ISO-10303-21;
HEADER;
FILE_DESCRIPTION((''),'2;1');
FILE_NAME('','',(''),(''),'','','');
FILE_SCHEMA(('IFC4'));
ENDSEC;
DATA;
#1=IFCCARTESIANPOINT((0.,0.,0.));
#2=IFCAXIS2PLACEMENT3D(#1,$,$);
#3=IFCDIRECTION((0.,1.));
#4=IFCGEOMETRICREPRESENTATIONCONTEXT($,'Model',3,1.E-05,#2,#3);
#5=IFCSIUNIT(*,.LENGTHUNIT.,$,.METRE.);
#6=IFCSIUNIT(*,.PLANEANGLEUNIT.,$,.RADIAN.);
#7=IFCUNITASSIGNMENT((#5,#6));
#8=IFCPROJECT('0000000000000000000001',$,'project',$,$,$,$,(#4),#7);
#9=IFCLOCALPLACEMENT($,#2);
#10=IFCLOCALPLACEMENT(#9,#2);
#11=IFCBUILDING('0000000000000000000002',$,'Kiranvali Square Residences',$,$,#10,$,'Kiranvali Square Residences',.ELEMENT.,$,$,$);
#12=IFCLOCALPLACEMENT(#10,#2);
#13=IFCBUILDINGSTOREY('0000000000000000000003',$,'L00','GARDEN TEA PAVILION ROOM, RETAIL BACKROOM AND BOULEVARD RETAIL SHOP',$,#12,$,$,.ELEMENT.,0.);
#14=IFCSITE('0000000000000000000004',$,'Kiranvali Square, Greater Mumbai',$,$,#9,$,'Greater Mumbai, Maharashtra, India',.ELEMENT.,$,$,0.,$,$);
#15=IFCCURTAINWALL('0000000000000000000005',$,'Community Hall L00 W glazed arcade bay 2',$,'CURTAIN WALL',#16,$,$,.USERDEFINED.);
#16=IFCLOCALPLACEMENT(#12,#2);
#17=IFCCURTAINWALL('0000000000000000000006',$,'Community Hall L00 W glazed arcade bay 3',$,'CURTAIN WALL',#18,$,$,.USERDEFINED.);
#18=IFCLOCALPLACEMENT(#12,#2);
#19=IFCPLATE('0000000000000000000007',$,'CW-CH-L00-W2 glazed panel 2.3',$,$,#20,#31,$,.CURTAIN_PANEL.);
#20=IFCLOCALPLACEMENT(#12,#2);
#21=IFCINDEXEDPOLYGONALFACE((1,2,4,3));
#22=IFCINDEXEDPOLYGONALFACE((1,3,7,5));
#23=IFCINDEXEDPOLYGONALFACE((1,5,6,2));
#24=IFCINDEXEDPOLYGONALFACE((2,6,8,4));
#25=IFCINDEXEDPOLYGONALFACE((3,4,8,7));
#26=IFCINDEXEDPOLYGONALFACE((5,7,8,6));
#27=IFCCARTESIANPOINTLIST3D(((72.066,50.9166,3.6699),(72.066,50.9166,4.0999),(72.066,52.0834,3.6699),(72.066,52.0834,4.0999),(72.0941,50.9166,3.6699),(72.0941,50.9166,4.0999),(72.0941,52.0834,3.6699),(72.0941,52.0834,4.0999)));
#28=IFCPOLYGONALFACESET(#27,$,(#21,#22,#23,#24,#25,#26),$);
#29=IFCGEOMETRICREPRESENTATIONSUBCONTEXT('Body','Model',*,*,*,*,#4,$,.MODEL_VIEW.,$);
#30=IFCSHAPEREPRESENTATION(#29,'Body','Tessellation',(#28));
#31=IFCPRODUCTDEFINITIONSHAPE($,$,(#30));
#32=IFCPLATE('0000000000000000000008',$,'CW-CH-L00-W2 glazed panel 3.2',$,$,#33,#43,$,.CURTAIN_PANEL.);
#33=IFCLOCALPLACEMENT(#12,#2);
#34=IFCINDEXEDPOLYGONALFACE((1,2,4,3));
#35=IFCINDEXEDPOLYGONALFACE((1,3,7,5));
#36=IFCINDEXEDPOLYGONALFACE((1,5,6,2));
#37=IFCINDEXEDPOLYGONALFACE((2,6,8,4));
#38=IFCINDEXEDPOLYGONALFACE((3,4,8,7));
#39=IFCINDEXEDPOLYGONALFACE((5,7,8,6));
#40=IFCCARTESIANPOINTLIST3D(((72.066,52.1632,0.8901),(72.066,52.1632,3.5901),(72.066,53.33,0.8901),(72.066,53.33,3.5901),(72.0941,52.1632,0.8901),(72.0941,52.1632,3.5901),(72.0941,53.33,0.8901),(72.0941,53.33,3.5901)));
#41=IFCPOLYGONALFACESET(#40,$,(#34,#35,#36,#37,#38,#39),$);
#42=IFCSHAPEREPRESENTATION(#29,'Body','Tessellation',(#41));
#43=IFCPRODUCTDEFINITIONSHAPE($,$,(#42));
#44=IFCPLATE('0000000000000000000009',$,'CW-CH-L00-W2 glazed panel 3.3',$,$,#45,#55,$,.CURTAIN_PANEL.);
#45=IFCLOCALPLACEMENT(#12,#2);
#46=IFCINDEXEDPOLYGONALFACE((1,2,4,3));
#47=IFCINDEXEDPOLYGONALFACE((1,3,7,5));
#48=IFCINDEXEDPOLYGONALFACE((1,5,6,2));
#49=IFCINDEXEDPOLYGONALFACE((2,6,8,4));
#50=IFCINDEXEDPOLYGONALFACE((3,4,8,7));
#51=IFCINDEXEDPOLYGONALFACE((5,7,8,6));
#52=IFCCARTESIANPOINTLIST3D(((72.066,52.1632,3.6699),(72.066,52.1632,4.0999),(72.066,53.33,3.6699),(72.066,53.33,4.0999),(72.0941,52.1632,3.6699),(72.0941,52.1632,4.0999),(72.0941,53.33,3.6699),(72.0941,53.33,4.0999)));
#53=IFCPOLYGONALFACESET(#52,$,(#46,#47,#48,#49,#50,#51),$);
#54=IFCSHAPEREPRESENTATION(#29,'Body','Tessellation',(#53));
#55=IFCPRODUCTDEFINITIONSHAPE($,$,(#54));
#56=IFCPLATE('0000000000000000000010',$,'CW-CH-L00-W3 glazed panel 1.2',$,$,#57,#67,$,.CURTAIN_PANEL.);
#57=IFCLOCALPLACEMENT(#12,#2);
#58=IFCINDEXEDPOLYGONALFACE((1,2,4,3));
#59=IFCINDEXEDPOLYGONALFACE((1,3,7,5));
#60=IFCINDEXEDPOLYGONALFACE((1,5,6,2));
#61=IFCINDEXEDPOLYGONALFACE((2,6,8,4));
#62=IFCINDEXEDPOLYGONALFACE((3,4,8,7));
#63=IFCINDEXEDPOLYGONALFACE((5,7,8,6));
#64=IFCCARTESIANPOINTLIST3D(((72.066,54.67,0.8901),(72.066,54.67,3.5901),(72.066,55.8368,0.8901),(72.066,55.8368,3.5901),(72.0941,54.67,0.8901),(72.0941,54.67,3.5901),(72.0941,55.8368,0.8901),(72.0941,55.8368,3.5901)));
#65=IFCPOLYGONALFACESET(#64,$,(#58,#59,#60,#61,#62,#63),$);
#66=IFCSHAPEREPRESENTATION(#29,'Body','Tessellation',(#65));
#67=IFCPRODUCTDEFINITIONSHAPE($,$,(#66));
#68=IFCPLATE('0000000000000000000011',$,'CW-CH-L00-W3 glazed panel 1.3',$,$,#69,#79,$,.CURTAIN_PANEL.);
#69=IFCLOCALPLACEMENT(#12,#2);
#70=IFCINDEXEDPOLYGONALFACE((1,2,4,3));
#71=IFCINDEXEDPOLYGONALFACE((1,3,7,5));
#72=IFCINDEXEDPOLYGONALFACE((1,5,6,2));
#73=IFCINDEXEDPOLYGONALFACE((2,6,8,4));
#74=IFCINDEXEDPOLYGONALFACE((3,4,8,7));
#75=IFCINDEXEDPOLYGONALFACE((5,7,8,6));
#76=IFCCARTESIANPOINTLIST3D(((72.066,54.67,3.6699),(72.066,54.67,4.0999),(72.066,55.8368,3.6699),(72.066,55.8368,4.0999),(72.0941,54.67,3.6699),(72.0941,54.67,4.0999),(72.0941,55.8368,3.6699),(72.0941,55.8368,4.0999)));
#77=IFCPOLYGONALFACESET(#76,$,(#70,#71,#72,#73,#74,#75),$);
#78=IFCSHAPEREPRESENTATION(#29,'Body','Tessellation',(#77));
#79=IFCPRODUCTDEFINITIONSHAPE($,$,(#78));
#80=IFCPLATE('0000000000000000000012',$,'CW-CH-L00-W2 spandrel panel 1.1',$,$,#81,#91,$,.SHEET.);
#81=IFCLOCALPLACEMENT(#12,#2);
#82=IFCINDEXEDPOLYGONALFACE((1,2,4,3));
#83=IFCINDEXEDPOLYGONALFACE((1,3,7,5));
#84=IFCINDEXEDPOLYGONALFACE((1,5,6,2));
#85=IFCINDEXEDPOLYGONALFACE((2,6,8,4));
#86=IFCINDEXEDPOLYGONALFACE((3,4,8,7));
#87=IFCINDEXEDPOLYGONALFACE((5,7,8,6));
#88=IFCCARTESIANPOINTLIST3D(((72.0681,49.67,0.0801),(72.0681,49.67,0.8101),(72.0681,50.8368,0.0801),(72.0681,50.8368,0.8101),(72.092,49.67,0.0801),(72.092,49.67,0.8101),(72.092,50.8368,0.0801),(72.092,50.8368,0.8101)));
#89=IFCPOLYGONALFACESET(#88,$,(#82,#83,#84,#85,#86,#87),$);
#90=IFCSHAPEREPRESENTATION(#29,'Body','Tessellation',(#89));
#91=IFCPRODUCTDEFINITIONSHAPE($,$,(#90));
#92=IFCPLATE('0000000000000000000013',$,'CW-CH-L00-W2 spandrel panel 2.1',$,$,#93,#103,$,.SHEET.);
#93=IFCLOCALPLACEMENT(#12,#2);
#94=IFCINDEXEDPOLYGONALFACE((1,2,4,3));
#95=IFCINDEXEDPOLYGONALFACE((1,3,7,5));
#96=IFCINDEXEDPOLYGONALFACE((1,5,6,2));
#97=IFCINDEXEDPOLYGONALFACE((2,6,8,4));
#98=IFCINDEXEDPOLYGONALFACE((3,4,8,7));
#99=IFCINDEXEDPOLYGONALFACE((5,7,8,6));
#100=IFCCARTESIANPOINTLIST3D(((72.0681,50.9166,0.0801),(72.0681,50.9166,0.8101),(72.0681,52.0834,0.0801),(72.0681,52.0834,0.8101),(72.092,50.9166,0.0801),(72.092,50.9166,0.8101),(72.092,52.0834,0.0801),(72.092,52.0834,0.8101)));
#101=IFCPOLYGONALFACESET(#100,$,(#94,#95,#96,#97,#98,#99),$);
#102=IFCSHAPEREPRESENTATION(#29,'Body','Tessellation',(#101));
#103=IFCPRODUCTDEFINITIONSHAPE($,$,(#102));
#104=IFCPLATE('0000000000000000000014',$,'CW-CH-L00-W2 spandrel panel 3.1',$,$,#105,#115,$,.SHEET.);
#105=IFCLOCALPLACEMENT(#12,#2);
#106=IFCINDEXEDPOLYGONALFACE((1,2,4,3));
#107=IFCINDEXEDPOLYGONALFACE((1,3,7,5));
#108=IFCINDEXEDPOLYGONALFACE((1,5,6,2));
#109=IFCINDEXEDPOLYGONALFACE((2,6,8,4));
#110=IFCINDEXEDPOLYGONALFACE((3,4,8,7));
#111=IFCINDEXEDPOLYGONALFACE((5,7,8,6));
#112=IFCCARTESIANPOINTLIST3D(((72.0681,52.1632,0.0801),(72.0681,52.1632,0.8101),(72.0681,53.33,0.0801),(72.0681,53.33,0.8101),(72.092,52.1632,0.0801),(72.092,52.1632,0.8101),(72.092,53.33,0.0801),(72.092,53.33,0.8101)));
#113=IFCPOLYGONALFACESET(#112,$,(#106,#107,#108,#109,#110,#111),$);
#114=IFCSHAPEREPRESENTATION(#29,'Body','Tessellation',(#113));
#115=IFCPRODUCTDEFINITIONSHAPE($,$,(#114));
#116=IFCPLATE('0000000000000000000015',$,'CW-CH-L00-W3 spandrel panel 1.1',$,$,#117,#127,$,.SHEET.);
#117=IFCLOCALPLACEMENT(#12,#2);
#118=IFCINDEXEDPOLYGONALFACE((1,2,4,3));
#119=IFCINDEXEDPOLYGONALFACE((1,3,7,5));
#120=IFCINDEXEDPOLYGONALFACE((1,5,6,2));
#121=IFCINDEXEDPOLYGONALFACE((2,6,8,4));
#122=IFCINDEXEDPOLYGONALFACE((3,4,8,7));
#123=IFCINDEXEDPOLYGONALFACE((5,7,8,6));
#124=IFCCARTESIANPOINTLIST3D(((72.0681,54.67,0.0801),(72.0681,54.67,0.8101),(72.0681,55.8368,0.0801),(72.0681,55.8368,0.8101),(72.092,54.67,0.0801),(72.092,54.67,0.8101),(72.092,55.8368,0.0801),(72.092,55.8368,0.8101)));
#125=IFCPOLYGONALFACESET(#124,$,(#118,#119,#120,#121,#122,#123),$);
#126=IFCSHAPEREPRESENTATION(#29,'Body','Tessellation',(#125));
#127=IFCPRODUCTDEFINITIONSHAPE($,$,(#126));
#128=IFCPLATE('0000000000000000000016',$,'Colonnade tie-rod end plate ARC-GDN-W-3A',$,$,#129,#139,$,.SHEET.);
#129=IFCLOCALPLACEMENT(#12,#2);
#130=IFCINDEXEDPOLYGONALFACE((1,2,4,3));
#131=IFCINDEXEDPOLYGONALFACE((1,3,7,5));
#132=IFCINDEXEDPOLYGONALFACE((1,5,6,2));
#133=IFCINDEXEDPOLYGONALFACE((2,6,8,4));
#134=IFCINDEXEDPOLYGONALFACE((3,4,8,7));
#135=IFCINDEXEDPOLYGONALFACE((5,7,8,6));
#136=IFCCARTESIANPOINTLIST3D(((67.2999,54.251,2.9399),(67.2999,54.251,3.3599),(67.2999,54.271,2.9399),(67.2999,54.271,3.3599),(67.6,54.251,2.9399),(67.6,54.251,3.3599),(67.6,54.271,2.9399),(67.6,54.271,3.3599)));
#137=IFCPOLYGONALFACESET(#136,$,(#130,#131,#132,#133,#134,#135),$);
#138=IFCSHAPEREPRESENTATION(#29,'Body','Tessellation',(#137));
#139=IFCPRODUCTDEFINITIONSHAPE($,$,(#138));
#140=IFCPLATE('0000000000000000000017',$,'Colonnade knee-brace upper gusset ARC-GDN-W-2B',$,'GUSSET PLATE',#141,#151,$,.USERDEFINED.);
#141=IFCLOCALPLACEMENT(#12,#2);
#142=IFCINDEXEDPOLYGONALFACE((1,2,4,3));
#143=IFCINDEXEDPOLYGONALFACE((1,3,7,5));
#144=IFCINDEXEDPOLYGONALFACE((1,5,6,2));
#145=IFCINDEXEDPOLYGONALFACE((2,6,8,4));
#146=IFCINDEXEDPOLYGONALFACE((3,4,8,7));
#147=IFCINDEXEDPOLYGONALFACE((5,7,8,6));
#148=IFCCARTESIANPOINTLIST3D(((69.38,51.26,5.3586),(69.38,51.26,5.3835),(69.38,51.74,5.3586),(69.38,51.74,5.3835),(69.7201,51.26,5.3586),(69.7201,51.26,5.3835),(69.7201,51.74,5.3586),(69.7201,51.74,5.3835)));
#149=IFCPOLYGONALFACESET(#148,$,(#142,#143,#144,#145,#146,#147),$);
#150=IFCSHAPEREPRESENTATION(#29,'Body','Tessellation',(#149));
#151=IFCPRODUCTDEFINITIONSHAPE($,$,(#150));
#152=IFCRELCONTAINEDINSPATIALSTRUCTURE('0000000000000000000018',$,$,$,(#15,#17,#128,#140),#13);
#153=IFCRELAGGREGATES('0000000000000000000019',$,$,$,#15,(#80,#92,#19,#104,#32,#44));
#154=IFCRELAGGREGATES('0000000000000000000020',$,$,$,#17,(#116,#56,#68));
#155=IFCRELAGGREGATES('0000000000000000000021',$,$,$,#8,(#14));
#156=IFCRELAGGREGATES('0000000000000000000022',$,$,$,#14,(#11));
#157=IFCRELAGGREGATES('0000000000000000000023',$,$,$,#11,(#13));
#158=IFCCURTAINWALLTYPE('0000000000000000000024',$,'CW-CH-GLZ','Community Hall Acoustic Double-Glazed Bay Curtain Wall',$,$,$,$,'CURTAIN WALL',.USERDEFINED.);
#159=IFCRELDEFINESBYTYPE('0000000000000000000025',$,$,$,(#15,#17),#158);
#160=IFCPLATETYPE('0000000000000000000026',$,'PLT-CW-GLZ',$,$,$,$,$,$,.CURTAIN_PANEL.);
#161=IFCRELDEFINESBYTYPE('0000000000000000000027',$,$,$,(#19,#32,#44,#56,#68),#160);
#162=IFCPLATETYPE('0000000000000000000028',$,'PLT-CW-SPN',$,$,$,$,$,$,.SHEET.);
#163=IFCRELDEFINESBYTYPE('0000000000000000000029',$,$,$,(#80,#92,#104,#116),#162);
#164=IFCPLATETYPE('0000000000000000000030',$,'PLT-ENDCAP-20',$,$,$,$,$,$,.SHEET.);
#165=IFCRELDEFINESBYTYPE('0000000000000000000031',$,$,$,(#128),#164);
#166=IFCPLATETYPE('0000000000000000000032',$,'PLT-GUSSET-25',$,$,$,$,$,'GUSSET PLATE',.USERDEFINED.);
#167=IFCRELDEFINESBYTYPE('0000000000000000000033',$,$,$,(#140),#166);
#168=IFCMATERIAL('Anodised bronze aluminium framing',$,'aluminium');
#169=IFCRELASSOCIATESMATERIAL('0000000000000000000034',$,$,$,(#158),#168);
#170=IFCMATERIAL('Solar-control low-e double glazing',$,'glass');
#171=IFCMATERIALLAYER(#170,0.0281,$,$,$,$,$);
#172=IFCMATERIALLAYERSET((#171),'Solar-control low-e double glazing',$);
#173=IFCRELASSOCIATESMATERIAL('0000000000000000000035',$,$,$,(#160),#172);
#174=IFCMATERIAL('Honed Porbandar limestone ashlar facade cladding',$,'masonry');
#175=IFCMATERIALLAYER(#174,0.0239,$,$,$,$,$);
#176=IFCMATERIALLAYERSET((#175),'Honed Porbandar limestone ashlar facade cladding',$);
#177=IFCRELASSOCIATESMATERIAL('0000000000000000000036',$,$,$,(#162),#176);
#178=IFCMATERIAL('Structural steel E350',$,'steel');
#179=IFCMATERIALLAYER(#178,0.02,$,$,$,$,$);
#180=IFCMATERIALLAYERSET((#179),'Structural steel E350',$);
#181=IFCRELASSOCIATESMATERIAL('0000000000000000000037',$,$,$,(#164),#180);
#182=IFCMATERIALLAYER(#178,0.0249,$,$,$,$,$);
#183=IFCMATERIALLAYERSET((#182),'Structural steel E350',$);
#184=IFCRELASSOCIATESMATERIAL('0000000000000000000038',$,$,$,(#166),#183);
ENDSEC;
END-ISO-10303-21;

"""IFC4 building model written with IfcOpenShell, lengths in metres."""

from ifc_helpers import new_model, si_unit, direction, frame, origin, origin_2d, place, context, subcontext, project, spatial, rectangle, extrude, material, layer, layer_set, type_object, element, aggregate, save


model = new_model("IFC4")

# Units and contexts
model_context = context("Model", 3, precision=1e-05, world=origin(), true_north=direction((0.0, 1.0)))
body_context = subcontext(model_context, "Body", "Model", "MODEL_VIEW")
ifc_project = project(units=[si_unit("LENGTHUNIT", "METRE"), si_unit("PLANEANGLEUNIT", "RADIAN")], contexts=[model_context])

# Site, building, storey
site_placement = place(None, origin())
site = spatial("IfcSite", under=ifc_project, at=site_placement, Name="Kiranvali Square, Greater Mumbai", LongName="Greater Mumbai, Maharashtra, India", CompositionType="ELEMENT", RefElevation=0.0)
building_placement = place(site_placement, origin())
building = spatial("IfcBuilding", under=site, at=building_placement, Name="Kiranvali Square Residences", LongName="Kiranvali Square Residences", CompositionType="ELEMENT")
storey_placement = place(building_placement, origin())
storey = spatial("IfcBuildingStorey", under=building, at=storey_placement, Name="L00", Description="GARDEN TEA PAVILION ROOM, RETAIL BACKROOM AND BOULEVARD RETAIL SHOP", CompositionType="ELEMENT", Elevation=0.0)

# Curtain walls
ifc_material_1 = material(Name="Anodised bronze aluminium framing", Category="aluminium")
curtain_wall_type = type_object("IfcCurtainWallType", Name="CW-CH-GLZ", Description="Community Hall Acoustic Double-Glazed Bay Curtain Wall", ElementType="CURTAIN WALL", PredefinedType="USERDEFINED", material=ifc_material_1)
curtain_wall_1_placement = place(storey_placement, origin())
curtain_wall_1 = element("IfcCurtainWall", 1, at=curtain_wall_1_placement, inside=storey, type_object=curtain_wall_type, Name="Community Hall L00 W glazed arcade bay 2", ObjectType="CURTAIN WALL", PredefinedType="USERDEFINED")
curtain_wall_2_placement = place(storey_placement, origin())
curtain_wall_2 = element("IfcCurtainWall", 2, at=curtain_wall_2_placement, inside=storey, type_object=curtain_wall_type, Name="Community Hall L00 W glazed arcade bay 3", ObjectType="CURTAIN WALL", PredefinedType="USERDEFINED")

# Shared definitions
ifc_material_2 = material(Name="Structural steel E350", Category="steel")

# Plates
ifc_material_3 = material(Name="Solar-control low-e double glazing", Category="glass")
ifc_layer_1 = layer(ifc_material_3, 0.0281)
ifc_layer_set_1 = layer_set([ifc_layer_1], Name="Solar-control low-e double glazing")
plate_type_1 = type_object("IfcPlateType", Name="PLT-CW-GLZ", PredefinedType="CURTAIN_PANEL", material=ifc_layer_set_1)
plate_1_placement = place(storey_placement, frame((72.0801, 51.5, 3.6699), z_axis=(0.0, 0.0, 1.0), x_axis=(0.0, 1.0, 0.0)))
plate_1 = element("IfcPlate", 3, at=plate_1_placement, type_object=plate_type_1, Name="CW-CH-L00-W2 glazed panel 2.3", PredefinedType="CURTAIN_PANEL", context=body_context, shape_type="SweptSolid", body=[
    extrude(rectangle(XDim=1.1667, YDim=0.0281, at=origin_2d()), origin(), (0.0, 0.0, 1.0), 0.4299),
])
plate_2_placement = place(storey_placement, frame((72.0801, 52.7466, 0.8901), z_axis=(0.0, 0.0, 1.0), x_axis=(0.0, 1.0, 0.0)))
plate_2 = element("IfcPlate", 4, at=plate_2_placement, type_object=plate_type_1, Name="CW-CH-L00-W2 glazed panel 3.2", PredefinedType="CURTAIN_PANEL", context=body_context, shape_type="SweptSolid", body=[
    extrude(rectangle(XDim=1.1667, YDim=0.0281, at=origin_2d()), origin(), (0.0, 0.0, 1.0), 2.7),
])
plate_3_placement = place(storey_placement, frame((72.0801, 52.7466, 3.6699), z_axis=(0.0, 0.0, 1.0), x_axis=(0.0, 1.0, 0.0)))
plate_3 = element("IfcPlate", 5, at=plate_3_placement, type_object=plate_type_1, Name="CW-CH-L00-W2 glazed panel 3.3", PredefinedType="CURTAIN_PANEL", context=body_context, shape_type="SweptSolid", body=[
    extrude(rectangle(XDim=1.1667, YDim=0.0281, at=origin_2d()), origin(), (0.0, 0.0, 1.0), 0.4299),
])
plate_4_placement = place(storey_placement, frame((72.0801, 55.2534, 0.8901), z_axis=(0.0, 0.0, 1.0), x_axis=(0.0, 1.0, 0.0)))
plate_4 = element("IfcPlate", 6, at=plate_4_placement, type_object=plate_type_1, Name="CW-CH-L00-W3 glazed panel 1.2", PredefinedType="CURTAIN_PANEL", context=body_context, shape_type="SweptSolid", body=[
    extrude(rectangle(XDim=1.1667, YDim=0.0281, at=origin_2d()), origin(), (0.0, 0.0, 1.0), 2.7),
])
plate_5_placement = place(storey_placement, frame((72.0801, 55.2534, 3.6699), z_axis=(0.0, 0.0, 1.0), x_axis=(0.0, 1.0, 0.0)))
plate_5 = element("IfcPlate", 7, at=plate_5_placement, type_object=plate_type_1, Name="CW-CH-L00-W3 glazed panel 1.3", PredefinedType="CURTAIN_PANEL", context=body_context, shape_type="SweptSolid", body=[
    extrude(rectangle(XDim=1.1667, YDim=0.0281, at=origin_2d()), origin(), (0.0, 0.0, 1.0), 0.4299),
])
ifc_material_4 = material(Name="Honed Porbandar limestone ashlar facade cladding", Category="masonry")
ifc_layer_2 = layer(ifc_material_4, 0.0239)
ifc_layer_set_2 = layer_set([ifc_layer_2], Name="Honed Porbandar limestone ashlar facade cladding")
plate_type_2 = type_object("IfcPlateType", Name="PLT-CW-SPN", PredefinedType="SHEET", material=ifc_layer_set_2)
plate_6_placement = place(storey_placement, frame((72.0801, 50.2534, 0.0801), z_axis=(0.0, 0.0, 1.0), x_axis=(0.0, 1.0, 0.0)))
plate_6 = element("IfcPlate", 8, at=plate_6_placement, type_object=plate_type_2, Name="CW-CH-L00-W2 spandrel panel 1.1", PredefinedType="SHEET", context=body_context, shape_type="SweptSolid", body=[
    extrude(rectangle(XDim=1.1667, YDim=0.0239, at=origin_2d()), origin(), (0.0, 0.0, 1.0), 0.73),
])
plate_7_placement = place(storey_placement, frame((72.0801, 51.5, 0.0801), z_axis=(0.0, 0.0, 1.0), x_axis=(0.0, 1.0, 0.0)))
plate_7 = element("IfcPlate", 9, at=plate_7_placement, type_object=plate_type_2, Name="CW-CH-L00-W2 spandrel panel 2.1", PredefinedType="SHEET", context=body_context, shape_type="SweptSolid", body=[
    extrude(rectangle(XDim=1.1667, YDim=0.0239, at=origin_2d()), origin(), (0.0, 0.0, 1.0), 0.73),
])
plate_8_placement = place(storey_placement, frame((72.0801, 52.7466, 0.0801), z_axis=(0.0, 0.0, 1.0), x_axis=(0.0, 1.0, 0.0)))
plate_8 = element("IfcPlate", 10, at=plate_8_placement, type_object=plate_type_2, Name="CW-CH-L00-W2 spandrel panel 3.1", PredefinedType="SHEET", context=body_context, shape_type="SweptSolid", body=[
    extrude(rectangle(XDim=1.1667, YDim=0.0239, at=origin_2d()), origin(), (0.0, 0.0, 1.0), 0.73),
])
aggregate(curtain_wall_1, [plate_6, plate_7, plate_1, plate_8, plate_2, plate_3])
plate_9_placement = place(storey_placement, frame((72.0801, 55.2534, 0.0801), z_axis=(0.0, 0.0, 1.0), x_axis=(0.0, 1.0, 0.0)))
plate_9 = element("IfcPlate", 11, at=plate_9_placement, type_object=plate_type_2, Name="CW-CH-L00-W3 spandrel panel 1.1", PredefinedType="SHEET", context=body_context, shape_type="SweptSolid", body=[
    extrude(rectangle(XDim=1.1667, YDim=0.0239, at=origin_2d()), origin(), (0.0, 0.0, 1.0), 0.73),
])
aggregate(curtain_wall_2, [plate_9, plate_4, plate_5])

# Plates
ifc_layer_3 = layer(ifc_material_2, 0.02)
ifc_layer_set_3 = layer_set([ifc_layer_3], Name="Structural steel E350")
plate_type_3 = type_object("IfcPlateType", Name="PLT-ENDCAP-20", PredefinedType="SHEET", material=ifc_layer_set_3)
plate_10_placement = place(storey_placement, frame((67.45, 54.261, 2.9399), z_axis=(0.0, 0.0, 1.0), x_axis=(1.0, 0.0, 0.0)))
element("IfcPlate", 12, at=plate_10_placement, inside=storey, type_object=plate_type_3, Name="Colonnade tie-rod end plate ARC-GDN-W-3A", PredefinedType="SHEET", context=body_context, shape_type="SweptSolid", body=[
    extrude(rectangle(XDim=0.3, YDim=0.02, at=origin_2d()), origin(), (0.0, 0.0, 1.0), 0.4199),
])
ifc_layer_4 = layer(ifc_material_2, 0.0249)
ifc_layer_set_4 = layer_set([ifc_layer_4], Name="Structural steel E350")
plate_type_4 = type_object("IfcPlateType", Name="PLT-GUSSET-25", ElementType="GUSSET PLATE", PredefinedType="USERDEFINED", material=ifc_layer_set_4)
plate_11_placement = place(storey_placement, frame((69.55, 51.5, 5.3586), z_axis=(0.0, 0.0, 1.0), x_axis=(1.0, 0.0, 0.0)))
element("IfcPlate", 13, at=plate_11_placement, inside=storey, type_object=plate_type_4, Name="Colonnade knee-brace upper gusset ARC-GDN-W-2B", ObjectType="GUSSET PLATE", PredefinedType="USERDEFINED", context=body_context, shape_type="SweptSolid", body=[
    extrude(rectangle(XDim=0.3401, YDim=0.48, at=origin_2d()), origin(), (0.0, 0.0, 1.0), 0.0249),
])

save(model, "model.ifc")
